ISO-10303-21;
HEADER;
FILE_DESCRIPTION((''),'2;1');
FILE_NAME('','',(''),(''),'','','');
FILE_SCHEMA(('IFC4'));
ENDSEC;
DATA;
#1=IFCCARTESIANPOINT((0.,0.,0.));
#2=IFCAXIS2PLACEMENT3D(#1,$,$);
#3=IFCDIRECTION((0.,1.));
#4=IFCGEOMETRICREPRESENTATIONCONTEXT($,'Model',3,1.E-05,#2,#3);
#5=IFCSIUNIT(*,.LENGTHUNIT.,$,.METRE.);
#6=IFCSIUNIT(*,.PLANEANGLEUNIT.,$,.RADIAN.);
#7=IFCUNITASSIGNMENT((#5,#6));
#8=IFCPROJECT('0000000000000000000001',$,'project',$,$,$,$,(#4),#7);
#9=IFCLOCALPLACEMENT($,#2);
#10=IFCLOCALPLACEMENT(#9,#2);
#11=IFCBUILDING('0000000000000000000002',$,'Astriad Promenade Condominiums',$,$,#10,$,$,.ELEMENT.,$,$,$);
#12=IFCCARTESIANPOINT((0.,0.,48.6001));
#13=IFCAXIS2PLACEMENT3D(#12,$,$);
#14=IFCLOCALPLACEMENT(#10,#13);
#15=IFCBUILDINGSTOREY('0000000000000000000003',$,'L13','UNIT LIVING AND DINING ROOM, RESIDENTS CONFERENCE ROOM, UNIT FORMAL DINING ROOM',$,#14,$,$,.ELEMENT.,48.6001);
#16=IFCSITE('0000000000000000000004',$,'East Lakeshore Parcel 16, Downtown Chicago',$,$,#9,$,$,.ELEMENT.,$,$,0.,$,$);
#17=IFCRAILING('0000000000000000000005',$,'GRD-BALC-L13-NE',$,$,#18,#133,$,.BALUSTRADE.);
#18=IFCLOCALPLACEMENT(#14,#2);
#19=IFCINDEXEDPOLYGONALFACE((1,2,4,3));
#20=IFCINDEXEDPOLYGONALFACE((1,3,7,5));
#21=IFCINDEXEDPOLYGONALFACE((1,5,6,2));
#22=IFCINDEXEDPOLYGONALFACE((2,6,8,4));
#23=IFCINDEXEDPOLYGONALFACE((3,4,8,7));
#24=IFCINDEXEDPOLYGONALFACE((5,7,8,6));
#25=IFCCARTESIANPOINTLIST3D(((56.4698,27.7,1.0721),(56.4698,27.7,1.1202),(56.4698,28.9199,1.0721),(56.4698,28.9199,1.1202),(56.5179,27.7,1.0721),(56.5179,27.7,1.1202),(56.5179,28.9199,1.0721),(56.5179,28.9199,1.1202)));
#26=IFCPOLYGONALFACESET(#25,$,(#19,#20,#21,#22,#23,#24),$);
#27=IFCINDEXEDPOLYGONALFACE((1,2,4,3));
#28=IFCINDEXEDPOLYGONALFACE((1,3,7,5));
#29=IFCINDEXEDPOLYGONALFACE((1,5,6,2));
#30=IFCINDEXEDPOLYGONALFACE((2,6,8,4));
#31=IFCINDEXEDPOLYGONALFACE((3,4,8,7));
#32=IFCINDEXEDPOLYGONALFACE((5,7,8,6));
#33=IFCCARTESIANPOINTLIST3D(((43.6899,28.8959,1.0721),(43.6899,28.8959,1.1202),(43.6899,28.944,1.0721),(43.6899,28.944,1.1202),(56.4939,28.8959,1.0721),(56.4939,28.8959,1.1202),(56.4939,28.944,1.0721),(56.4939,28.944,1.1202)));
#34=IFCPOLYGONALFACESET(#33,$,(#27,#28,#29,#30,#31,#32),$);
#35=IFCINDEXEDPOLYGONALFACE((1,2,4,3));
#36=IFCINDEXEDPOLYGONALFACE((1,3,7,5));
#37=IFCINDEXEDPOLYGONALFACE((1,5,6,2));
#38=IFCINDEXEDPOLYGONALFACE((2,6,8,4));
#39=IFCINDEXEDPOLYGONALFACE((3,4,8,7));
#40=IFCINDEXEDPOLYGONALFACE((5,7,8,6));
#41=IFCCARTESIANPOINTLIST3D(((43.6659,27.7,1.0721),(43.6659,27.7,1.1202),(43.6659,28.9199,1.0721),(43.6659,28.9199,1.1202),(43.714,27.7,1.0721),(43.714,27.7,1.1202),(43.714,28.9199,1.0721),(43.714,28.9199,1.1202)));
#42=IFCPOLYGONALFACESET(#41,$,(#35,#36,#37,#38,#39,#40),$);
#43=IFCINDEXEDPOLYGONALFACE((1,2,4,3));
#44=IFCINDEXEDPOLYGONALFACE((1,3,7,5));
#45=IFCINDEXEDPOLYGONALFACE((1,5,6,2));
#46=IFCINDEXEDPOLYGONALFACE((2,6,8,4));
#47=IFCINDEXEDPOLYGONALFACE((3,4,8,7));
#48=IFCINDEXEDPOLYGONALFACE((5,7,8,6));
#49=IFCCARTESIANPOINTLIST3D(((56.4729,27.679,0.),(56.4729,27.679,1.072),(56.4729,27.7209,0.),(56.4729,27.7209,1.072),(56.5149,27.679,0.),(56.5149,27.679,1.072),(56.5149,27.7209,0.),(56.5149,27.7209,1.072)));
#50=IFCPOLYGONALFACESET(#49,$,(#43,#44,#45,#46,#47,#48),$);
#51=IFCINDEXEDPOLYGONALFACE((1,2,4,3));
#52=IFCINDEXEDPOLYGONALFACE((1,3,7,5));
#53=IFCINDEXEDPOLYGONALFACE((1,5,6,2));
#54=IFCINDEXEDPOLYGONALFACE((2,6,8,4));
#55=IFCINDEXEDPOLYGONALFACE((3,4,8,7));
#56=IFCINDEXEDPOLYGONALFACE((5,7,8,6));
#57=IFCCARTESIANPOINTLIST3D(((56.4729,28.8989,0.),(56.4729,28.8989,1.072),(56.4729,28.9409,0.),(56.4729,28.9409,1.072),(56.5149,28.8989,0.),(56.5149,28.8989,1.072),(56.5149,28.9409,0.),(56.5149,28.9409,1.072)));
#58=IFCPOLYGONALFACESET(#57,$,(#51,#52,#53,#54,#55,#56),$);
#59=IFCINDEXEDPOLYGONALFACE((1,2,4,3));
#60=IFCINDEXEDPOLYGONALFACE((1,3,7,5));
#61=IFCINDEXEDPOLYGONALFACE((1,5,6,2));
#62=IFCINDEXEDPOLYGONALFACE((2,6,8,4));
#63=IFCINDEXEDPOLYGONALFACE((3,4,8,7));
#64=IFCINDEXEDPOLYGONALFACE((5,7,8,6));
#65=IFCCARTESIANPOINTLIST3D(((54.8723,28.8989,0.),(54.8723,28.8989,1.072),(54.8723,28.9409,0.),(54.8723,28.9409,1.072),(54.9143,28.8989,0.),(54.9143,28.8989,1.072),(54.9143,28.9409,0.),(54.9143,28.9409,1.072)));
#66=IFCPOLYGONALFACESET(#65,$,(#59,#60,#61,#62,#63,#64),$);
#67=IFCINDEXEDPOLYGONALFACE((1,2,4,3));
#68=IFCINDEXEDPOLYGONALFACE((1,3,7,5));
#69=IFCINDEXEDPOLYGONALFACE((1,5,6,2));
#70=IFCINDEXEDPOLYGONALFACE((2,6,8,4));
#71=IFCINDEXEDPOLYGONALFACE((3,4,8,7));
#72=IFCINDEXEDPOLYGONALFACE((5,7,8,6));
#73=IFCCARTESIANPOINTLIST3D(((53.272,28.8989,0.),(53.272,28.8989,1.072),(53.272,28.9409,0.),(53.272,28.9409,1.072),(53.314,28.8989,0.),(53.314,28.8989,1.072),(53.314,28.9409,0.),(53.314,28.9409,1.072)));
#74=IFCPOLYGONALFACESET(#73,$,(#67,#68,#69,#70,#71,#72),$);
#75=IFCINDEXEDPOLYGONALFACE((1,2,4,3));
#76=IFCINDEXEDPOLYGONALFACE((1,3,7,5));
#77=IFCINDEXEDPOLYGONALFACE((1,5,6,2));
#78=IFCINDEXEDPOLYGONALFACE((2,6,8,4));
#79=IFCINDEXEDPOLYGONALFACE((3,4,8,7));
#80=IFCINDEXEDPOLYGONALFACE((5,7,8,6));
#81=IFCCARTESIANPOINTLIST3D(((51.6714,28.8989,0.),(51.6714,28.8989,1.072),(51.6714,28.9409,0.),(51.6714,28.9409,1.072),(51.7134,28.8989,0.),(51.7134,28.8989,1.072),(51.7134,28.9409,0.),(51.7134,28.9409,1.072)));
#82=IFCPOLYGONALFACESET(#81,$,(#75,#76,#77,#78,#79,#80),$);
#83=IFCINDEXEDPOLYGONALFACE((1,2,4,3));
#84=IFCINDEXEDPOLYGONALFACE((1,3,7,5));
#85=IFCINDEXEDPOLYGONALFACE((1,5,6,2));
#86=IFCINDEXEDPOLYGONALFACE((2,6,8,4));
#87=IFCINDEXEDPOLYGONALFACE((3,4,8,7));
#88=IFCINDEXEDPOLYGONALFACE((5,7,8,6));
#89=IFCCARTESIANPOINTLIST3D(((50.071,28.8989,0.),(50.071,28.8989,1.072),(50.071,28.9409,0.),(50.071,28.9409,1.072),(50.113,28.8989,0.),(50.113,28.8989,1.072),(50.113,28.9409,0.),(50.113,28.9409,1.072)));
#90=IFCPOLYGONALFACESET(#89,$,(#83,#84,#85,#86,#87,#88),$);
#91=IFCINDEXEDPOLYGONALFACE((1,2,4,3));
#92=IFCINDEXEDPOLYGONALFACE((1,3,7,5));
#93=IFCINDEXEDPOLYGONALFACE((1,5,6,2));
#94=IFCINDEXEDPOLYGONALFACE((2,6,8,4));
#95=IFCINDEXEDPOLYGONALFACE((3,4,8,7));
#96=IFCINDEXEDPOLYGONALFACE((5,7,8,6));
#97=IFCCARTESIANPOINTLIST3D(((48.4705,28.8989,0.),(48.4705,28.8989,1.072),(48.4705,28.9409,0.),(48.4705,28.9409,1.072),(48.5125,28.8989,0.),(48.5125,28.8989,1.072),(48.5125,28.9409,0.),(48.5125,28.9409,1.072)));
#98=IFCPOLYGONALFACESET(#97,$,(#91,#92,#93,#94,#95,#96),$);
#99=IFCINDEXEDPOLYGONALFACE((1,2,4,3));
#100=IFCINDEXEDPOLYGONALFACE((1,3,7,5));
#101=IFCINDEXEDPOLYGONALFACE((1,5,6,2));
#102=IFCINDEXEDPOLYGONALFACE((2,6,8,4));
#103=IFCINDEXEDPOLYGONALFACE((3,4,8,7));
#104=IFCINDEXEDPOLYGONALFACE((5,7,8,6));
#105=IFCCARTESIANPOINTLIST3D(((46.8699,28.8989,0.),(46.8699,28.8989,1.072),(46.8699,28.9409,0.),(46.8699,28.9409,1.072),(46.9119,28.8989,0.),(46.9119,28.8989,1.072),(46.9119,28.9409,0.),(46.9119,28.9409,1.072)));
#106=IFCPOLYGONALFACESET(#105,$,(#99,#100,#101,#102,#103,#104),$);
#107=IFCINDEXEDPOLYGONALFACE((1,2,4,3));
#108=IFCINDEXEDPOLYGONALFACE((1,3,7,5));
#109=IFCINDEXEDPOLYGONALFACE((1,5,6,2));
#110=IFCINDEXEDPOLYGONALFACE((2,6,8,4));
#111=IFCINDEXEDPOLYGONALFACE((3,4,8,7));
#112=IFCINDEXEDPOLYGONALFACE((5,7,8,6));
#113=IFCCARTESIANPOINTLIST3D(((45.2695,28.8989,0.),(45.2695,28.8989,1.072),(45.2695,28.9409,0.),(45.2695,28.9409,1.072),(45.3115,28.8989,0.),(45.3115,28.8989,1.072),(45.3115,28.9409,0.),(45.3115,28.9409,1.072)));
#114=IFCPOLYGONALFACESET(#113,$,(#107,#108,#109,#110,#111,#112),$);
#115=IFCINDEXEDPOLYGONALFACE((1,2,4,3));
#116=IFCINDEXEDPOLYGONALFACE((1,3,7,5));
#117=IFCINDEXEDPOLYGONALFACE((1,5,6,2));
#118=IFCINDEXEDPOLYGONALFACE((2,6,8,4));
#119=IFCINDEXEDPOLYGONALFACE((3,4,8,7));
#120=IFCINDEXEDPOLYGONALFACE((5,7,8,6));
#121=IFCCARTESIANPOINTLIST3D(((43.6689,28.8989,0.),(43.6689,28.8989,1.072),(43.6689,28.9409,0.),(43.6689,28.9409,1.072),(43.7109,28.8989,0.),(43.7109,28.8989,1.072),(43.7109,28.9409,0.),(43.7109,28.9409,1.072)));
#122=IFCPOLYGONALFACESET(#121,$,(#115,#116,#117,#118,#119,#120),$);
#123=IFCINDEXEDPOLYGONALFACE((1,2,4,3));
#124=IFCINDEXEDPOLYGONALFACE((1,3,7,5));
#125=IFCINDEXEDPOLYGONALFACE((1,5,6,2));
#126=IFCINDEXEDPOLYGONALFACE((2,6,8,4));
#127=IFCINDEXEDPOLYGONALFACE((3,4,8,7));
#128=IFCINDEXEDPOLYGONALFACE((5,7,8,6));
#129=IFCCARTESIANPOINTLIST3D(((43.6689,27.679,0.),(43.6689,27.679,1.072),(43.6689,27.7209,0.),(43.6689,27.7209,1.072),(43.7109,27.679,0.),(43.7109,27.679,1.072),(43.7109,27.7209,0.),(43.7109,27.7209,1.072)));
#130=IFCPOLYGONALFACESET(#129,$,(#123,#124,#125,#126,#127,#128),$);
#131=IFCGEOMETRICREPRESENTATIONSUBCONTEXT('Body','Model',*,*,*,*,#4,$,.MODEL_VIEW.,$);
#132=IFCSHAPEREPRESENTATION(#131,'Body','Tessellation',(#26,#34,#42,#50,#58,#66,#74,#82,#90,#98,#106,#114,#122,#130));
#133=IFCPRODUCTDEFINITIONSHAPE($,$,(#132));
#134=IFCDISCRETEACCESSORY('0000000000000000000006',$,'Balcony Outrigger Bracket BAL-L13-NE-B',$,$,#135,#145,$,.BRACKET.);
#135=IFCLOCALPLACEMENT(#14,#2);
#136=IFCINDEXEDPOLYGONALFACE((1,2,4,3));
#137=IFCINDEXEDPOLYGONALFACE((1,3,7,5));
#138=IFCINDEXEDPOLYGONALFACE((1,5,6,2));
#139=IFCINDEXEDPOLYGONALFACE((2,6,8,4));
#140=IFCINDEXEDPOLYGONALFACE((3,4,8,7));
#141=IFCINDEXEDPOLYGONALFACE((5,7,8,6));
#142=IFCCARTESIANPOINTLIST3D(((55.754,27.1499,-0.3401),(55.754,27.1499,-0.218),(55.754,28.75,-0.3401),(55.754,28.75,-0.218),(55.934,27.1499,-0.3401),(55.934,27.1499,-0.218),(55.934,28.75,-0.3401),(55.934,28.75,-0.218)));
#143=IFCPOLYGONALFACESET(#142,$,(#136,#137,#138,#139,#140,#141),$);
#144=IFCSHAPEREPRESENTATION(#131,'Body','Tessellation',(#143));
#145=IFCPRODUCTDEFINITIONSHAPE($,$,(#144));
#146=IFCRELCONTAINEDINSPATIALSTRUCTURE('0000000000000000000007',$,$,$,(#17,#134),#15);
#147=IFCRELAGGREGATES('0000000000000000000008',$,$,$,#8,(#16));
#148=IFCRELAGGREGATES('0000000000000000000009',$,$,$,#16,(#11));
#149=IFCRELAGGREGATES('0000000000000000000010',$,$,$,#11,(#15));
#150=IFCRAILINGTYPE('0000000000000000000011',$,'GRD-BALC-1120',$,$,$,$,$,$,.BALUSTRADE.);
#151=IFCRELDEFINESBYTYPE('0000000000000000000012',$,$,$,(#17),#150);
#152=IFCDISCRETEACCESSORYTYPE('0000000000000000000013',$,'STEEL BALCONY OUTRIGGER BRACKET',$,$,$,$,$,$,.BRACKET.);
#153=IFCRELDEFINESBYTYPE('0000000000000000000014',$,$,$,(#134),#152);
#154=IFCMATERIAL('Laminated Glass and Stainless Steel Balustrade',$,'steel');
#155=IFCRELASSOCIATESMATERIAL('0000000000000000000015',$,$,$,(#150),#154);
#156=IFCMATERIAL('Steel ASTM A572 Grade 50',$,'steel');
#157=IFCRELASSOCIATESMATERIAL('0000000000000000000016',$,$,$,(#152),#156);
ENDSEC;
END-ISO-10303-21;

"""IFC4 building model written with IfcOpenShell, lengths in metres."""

from ifc_helpers import new_model, si_unit, direction, frame, origin, origin_2d, place, context, subcontext, project, spatial, rectangle, extrude, source, transform, mapped, material, type_object, type_shapes, element, save


model = new_model("IFC4")

# Units and contexts
model_context = context("Model", 3, precision=1e-05, world=origin(), true_north=direction((0.0, 1.0)))
body_context = subcontext(model_context, "Body", "Model", "MODEL_VIEW")
ifc_project = project(units=[si_unit("LENGTHUNIT", "METRE"), si_unit("PLANEANGLEUNIT", "RADIAN")], contexts=[model_context])

# Site, building, storey
site_placement = place(None, origin())
site = spatial("IfcSite", under=ifc_project, at=site_placement, Name="East Lakeshore Parcel 16, Downtown Chicago", CompositionType="ELEMENT", RefElevation=0.0)
building_placement = place(site_placement, origin())
building = spatial("IfcBuilding", under=site, at=building_placement, Name="Astriad Promenade Condominiums", CompositionType="ELEMENT")
storey_placement = place(building_placement, frame((0.0, 0.0, 48.6001)))
storey = spatial("IfcBuildingStorey", under=building, at=storey_placement, Name="L13", Description="UNIT LIVING AND DINING ROOM, RESIDENTS CONFERENCE ROOM, UNIT FORMAL DINING ROOM", CompositionType="ELEMENT", Elevation=48.6001)

# Railing
ifc_material_1 = material(Name="Laminated Glass and Stainless Steel Balustrade", Category="steel")
railing_type = type_object("IfcRailingType", Name="GRD-BALC-1120", PredefinedType="BALUSTRADE", material=ifc_material_1)
shared_shape_1 = source(origin(), body_context, "Body", "SweptSolid", [
    extrude(rectangle(XDim=0.0481, YDim=0.0481, at=origin_2d()), frame((0.0, 0.0, 1.0962), z_axis=(0.0, 1.0, 0.0), x_axis=(-1.0, 0.0, 0.0)), (0.0, 0.0, 1.0), 1.22),
    extrude(rectangle(XDim=0.0481, YDim=0.0481, at=origin_2d()), frame((0.0, 1.22, 1.0962), z_axis=(-1.0, 0.0, 0.0), x_axis=(0.0, -1.0, 0.0)), (0.0, 0.0, 1.0), 12.804),
    extrude(rectangle(XDim=0.0481, YDim=0.0481, at=origin_2d()), frame((-12.804, 1.22, 1.0962), z_axis=(0.0, -1.0, 0.0), x_axis=(1.0, 0.0, 0.0)), (0.0, 0.0, 1.0), 1.22),
    extrude(rectangle(XDim=0.042, YDim=0.042, at=origin_2d()), origin(), (0.0, 0.0, 1.0), 1.072),
    extrude(rectangle(XDim=0.042, YDim=0.042, at=origin_2d()), frame((0.0, 1.22, 0.0)), (0.0, 0.0, 1.0), 1.072),
    extrude(rectangle(XDim=0.042, YDim=0.042, at=origin_2d()), frame((-1.6006, 1.22, 0.0)), (0.0, 0.0, 1.0), 1.072),
    extrude(rectangle(XDim=0.042, YDim=0.042, at=origin_2d()), frame((-3.2009, 1.22, 0.0)), (0.0, 0.0, 1.0), 1.072),
    extrude(rectangle(XDim=0.042, YDim=0.042, at=origin_2d()), frame((-4.8015, 1.22, 0.0)), (0.0, 0.0, 1.0), 1.072),
    extrude(rectangle(XDim=0.042, YDim=0.042, at=origin_2d()), frame((-6.4019, 1.22, 0.0)), (0.0, 0.0, 1.0), 1.072),
    extrude(rectangle(XDim=0.042, YDim=0.042, at=origin_2d()), frame((-8.0024, 1.22, 0.0)), (0.0, 0.0, 1.0), 1.072),
    extrude(rectangle(XDim=0.042, YDim=0.042, at=origin_2d()), frame((-9.603, 1.22, 0.0)), (0.0, 0.0, 1.0), 1.072),
    extrude(rectangle(XDim=0.042, YDim=0.042, at=origin_2d()), frame((-11.2034, 1.22, 0.0)), (0.0, 0.0, 1.0), 1.072),
    extrude(rectangle(XDim=0.042, YDim=0.042, at=origin_2d()), frame((-12.804, 1.22, 0.0)), (0.0, 0.0, 1.0), 1.072),
    extrude(rectangle(XDim=0.042, YDim=0.042, at=origin_2d()), frame((-12.804, 0.0, 0.0)), (0.0, 0.0, 1.0), 1.072),
])
type_shapes(railing_type, [shared_shape_1])
railing_placement = place(storey_placement, frame((56.4939, 27.7, 0.0)))
element("IfcRailing", 1, at=railing_placement, inside=storey, type_object=railing_type, Name="GRD-BALC-L13-NE", PredefinedType="BALUSTRADE", context=body_context, shape_type="MappedRepresentation", body=[
    mapped(shared_shape_1, transform((0.0, 0.0, 0.0), scale=1.0)),
])

# Discrete accessory
ifc_material_2 = material(Name="Steel ASTM A572 Grade 50", Category="steel")
discrete_accessory_type = type_object("IfcDiscreteAccessoryType", Name="STEEL BALCONY OUTRIGGER BRACKET", PredefinedType="BRACKET", material=ifc_material_2)
shared_shape_2 = source(origin(), body_context, "Body", "SweptSolid", [
    extrude(rectangle(XDim=1.6001, YDim=0.1799, at=origin_2d()), origin(), (0.0, 0.0, 1.0), 0.1221),
])
type_shapes(discrete_accessory_type, [shared_shape_2])
discrete_accessory_placement = place(storey_placement, frame((55.844, 27.95, -0.3401), z_axis=(0.0, 0.0, 1.0), x_axis=(0.0, 1.0, 0.0)))
element("IfcDiscreteAccessory", 2, at=discrete_accessory_placement, inside=storey, type_object=discrete_accessory_type, Name="Balcony Outrigger Bracket BAL-L13-NE-B", PredefinedType="BRACKET", context=body_context, shape_type="MappedRepresentation", body=[
    mapped(shared_shape_2, transform((0.0, 0.0, 0.0), scale=1.0)),
])

save(model, "model.ifc")
